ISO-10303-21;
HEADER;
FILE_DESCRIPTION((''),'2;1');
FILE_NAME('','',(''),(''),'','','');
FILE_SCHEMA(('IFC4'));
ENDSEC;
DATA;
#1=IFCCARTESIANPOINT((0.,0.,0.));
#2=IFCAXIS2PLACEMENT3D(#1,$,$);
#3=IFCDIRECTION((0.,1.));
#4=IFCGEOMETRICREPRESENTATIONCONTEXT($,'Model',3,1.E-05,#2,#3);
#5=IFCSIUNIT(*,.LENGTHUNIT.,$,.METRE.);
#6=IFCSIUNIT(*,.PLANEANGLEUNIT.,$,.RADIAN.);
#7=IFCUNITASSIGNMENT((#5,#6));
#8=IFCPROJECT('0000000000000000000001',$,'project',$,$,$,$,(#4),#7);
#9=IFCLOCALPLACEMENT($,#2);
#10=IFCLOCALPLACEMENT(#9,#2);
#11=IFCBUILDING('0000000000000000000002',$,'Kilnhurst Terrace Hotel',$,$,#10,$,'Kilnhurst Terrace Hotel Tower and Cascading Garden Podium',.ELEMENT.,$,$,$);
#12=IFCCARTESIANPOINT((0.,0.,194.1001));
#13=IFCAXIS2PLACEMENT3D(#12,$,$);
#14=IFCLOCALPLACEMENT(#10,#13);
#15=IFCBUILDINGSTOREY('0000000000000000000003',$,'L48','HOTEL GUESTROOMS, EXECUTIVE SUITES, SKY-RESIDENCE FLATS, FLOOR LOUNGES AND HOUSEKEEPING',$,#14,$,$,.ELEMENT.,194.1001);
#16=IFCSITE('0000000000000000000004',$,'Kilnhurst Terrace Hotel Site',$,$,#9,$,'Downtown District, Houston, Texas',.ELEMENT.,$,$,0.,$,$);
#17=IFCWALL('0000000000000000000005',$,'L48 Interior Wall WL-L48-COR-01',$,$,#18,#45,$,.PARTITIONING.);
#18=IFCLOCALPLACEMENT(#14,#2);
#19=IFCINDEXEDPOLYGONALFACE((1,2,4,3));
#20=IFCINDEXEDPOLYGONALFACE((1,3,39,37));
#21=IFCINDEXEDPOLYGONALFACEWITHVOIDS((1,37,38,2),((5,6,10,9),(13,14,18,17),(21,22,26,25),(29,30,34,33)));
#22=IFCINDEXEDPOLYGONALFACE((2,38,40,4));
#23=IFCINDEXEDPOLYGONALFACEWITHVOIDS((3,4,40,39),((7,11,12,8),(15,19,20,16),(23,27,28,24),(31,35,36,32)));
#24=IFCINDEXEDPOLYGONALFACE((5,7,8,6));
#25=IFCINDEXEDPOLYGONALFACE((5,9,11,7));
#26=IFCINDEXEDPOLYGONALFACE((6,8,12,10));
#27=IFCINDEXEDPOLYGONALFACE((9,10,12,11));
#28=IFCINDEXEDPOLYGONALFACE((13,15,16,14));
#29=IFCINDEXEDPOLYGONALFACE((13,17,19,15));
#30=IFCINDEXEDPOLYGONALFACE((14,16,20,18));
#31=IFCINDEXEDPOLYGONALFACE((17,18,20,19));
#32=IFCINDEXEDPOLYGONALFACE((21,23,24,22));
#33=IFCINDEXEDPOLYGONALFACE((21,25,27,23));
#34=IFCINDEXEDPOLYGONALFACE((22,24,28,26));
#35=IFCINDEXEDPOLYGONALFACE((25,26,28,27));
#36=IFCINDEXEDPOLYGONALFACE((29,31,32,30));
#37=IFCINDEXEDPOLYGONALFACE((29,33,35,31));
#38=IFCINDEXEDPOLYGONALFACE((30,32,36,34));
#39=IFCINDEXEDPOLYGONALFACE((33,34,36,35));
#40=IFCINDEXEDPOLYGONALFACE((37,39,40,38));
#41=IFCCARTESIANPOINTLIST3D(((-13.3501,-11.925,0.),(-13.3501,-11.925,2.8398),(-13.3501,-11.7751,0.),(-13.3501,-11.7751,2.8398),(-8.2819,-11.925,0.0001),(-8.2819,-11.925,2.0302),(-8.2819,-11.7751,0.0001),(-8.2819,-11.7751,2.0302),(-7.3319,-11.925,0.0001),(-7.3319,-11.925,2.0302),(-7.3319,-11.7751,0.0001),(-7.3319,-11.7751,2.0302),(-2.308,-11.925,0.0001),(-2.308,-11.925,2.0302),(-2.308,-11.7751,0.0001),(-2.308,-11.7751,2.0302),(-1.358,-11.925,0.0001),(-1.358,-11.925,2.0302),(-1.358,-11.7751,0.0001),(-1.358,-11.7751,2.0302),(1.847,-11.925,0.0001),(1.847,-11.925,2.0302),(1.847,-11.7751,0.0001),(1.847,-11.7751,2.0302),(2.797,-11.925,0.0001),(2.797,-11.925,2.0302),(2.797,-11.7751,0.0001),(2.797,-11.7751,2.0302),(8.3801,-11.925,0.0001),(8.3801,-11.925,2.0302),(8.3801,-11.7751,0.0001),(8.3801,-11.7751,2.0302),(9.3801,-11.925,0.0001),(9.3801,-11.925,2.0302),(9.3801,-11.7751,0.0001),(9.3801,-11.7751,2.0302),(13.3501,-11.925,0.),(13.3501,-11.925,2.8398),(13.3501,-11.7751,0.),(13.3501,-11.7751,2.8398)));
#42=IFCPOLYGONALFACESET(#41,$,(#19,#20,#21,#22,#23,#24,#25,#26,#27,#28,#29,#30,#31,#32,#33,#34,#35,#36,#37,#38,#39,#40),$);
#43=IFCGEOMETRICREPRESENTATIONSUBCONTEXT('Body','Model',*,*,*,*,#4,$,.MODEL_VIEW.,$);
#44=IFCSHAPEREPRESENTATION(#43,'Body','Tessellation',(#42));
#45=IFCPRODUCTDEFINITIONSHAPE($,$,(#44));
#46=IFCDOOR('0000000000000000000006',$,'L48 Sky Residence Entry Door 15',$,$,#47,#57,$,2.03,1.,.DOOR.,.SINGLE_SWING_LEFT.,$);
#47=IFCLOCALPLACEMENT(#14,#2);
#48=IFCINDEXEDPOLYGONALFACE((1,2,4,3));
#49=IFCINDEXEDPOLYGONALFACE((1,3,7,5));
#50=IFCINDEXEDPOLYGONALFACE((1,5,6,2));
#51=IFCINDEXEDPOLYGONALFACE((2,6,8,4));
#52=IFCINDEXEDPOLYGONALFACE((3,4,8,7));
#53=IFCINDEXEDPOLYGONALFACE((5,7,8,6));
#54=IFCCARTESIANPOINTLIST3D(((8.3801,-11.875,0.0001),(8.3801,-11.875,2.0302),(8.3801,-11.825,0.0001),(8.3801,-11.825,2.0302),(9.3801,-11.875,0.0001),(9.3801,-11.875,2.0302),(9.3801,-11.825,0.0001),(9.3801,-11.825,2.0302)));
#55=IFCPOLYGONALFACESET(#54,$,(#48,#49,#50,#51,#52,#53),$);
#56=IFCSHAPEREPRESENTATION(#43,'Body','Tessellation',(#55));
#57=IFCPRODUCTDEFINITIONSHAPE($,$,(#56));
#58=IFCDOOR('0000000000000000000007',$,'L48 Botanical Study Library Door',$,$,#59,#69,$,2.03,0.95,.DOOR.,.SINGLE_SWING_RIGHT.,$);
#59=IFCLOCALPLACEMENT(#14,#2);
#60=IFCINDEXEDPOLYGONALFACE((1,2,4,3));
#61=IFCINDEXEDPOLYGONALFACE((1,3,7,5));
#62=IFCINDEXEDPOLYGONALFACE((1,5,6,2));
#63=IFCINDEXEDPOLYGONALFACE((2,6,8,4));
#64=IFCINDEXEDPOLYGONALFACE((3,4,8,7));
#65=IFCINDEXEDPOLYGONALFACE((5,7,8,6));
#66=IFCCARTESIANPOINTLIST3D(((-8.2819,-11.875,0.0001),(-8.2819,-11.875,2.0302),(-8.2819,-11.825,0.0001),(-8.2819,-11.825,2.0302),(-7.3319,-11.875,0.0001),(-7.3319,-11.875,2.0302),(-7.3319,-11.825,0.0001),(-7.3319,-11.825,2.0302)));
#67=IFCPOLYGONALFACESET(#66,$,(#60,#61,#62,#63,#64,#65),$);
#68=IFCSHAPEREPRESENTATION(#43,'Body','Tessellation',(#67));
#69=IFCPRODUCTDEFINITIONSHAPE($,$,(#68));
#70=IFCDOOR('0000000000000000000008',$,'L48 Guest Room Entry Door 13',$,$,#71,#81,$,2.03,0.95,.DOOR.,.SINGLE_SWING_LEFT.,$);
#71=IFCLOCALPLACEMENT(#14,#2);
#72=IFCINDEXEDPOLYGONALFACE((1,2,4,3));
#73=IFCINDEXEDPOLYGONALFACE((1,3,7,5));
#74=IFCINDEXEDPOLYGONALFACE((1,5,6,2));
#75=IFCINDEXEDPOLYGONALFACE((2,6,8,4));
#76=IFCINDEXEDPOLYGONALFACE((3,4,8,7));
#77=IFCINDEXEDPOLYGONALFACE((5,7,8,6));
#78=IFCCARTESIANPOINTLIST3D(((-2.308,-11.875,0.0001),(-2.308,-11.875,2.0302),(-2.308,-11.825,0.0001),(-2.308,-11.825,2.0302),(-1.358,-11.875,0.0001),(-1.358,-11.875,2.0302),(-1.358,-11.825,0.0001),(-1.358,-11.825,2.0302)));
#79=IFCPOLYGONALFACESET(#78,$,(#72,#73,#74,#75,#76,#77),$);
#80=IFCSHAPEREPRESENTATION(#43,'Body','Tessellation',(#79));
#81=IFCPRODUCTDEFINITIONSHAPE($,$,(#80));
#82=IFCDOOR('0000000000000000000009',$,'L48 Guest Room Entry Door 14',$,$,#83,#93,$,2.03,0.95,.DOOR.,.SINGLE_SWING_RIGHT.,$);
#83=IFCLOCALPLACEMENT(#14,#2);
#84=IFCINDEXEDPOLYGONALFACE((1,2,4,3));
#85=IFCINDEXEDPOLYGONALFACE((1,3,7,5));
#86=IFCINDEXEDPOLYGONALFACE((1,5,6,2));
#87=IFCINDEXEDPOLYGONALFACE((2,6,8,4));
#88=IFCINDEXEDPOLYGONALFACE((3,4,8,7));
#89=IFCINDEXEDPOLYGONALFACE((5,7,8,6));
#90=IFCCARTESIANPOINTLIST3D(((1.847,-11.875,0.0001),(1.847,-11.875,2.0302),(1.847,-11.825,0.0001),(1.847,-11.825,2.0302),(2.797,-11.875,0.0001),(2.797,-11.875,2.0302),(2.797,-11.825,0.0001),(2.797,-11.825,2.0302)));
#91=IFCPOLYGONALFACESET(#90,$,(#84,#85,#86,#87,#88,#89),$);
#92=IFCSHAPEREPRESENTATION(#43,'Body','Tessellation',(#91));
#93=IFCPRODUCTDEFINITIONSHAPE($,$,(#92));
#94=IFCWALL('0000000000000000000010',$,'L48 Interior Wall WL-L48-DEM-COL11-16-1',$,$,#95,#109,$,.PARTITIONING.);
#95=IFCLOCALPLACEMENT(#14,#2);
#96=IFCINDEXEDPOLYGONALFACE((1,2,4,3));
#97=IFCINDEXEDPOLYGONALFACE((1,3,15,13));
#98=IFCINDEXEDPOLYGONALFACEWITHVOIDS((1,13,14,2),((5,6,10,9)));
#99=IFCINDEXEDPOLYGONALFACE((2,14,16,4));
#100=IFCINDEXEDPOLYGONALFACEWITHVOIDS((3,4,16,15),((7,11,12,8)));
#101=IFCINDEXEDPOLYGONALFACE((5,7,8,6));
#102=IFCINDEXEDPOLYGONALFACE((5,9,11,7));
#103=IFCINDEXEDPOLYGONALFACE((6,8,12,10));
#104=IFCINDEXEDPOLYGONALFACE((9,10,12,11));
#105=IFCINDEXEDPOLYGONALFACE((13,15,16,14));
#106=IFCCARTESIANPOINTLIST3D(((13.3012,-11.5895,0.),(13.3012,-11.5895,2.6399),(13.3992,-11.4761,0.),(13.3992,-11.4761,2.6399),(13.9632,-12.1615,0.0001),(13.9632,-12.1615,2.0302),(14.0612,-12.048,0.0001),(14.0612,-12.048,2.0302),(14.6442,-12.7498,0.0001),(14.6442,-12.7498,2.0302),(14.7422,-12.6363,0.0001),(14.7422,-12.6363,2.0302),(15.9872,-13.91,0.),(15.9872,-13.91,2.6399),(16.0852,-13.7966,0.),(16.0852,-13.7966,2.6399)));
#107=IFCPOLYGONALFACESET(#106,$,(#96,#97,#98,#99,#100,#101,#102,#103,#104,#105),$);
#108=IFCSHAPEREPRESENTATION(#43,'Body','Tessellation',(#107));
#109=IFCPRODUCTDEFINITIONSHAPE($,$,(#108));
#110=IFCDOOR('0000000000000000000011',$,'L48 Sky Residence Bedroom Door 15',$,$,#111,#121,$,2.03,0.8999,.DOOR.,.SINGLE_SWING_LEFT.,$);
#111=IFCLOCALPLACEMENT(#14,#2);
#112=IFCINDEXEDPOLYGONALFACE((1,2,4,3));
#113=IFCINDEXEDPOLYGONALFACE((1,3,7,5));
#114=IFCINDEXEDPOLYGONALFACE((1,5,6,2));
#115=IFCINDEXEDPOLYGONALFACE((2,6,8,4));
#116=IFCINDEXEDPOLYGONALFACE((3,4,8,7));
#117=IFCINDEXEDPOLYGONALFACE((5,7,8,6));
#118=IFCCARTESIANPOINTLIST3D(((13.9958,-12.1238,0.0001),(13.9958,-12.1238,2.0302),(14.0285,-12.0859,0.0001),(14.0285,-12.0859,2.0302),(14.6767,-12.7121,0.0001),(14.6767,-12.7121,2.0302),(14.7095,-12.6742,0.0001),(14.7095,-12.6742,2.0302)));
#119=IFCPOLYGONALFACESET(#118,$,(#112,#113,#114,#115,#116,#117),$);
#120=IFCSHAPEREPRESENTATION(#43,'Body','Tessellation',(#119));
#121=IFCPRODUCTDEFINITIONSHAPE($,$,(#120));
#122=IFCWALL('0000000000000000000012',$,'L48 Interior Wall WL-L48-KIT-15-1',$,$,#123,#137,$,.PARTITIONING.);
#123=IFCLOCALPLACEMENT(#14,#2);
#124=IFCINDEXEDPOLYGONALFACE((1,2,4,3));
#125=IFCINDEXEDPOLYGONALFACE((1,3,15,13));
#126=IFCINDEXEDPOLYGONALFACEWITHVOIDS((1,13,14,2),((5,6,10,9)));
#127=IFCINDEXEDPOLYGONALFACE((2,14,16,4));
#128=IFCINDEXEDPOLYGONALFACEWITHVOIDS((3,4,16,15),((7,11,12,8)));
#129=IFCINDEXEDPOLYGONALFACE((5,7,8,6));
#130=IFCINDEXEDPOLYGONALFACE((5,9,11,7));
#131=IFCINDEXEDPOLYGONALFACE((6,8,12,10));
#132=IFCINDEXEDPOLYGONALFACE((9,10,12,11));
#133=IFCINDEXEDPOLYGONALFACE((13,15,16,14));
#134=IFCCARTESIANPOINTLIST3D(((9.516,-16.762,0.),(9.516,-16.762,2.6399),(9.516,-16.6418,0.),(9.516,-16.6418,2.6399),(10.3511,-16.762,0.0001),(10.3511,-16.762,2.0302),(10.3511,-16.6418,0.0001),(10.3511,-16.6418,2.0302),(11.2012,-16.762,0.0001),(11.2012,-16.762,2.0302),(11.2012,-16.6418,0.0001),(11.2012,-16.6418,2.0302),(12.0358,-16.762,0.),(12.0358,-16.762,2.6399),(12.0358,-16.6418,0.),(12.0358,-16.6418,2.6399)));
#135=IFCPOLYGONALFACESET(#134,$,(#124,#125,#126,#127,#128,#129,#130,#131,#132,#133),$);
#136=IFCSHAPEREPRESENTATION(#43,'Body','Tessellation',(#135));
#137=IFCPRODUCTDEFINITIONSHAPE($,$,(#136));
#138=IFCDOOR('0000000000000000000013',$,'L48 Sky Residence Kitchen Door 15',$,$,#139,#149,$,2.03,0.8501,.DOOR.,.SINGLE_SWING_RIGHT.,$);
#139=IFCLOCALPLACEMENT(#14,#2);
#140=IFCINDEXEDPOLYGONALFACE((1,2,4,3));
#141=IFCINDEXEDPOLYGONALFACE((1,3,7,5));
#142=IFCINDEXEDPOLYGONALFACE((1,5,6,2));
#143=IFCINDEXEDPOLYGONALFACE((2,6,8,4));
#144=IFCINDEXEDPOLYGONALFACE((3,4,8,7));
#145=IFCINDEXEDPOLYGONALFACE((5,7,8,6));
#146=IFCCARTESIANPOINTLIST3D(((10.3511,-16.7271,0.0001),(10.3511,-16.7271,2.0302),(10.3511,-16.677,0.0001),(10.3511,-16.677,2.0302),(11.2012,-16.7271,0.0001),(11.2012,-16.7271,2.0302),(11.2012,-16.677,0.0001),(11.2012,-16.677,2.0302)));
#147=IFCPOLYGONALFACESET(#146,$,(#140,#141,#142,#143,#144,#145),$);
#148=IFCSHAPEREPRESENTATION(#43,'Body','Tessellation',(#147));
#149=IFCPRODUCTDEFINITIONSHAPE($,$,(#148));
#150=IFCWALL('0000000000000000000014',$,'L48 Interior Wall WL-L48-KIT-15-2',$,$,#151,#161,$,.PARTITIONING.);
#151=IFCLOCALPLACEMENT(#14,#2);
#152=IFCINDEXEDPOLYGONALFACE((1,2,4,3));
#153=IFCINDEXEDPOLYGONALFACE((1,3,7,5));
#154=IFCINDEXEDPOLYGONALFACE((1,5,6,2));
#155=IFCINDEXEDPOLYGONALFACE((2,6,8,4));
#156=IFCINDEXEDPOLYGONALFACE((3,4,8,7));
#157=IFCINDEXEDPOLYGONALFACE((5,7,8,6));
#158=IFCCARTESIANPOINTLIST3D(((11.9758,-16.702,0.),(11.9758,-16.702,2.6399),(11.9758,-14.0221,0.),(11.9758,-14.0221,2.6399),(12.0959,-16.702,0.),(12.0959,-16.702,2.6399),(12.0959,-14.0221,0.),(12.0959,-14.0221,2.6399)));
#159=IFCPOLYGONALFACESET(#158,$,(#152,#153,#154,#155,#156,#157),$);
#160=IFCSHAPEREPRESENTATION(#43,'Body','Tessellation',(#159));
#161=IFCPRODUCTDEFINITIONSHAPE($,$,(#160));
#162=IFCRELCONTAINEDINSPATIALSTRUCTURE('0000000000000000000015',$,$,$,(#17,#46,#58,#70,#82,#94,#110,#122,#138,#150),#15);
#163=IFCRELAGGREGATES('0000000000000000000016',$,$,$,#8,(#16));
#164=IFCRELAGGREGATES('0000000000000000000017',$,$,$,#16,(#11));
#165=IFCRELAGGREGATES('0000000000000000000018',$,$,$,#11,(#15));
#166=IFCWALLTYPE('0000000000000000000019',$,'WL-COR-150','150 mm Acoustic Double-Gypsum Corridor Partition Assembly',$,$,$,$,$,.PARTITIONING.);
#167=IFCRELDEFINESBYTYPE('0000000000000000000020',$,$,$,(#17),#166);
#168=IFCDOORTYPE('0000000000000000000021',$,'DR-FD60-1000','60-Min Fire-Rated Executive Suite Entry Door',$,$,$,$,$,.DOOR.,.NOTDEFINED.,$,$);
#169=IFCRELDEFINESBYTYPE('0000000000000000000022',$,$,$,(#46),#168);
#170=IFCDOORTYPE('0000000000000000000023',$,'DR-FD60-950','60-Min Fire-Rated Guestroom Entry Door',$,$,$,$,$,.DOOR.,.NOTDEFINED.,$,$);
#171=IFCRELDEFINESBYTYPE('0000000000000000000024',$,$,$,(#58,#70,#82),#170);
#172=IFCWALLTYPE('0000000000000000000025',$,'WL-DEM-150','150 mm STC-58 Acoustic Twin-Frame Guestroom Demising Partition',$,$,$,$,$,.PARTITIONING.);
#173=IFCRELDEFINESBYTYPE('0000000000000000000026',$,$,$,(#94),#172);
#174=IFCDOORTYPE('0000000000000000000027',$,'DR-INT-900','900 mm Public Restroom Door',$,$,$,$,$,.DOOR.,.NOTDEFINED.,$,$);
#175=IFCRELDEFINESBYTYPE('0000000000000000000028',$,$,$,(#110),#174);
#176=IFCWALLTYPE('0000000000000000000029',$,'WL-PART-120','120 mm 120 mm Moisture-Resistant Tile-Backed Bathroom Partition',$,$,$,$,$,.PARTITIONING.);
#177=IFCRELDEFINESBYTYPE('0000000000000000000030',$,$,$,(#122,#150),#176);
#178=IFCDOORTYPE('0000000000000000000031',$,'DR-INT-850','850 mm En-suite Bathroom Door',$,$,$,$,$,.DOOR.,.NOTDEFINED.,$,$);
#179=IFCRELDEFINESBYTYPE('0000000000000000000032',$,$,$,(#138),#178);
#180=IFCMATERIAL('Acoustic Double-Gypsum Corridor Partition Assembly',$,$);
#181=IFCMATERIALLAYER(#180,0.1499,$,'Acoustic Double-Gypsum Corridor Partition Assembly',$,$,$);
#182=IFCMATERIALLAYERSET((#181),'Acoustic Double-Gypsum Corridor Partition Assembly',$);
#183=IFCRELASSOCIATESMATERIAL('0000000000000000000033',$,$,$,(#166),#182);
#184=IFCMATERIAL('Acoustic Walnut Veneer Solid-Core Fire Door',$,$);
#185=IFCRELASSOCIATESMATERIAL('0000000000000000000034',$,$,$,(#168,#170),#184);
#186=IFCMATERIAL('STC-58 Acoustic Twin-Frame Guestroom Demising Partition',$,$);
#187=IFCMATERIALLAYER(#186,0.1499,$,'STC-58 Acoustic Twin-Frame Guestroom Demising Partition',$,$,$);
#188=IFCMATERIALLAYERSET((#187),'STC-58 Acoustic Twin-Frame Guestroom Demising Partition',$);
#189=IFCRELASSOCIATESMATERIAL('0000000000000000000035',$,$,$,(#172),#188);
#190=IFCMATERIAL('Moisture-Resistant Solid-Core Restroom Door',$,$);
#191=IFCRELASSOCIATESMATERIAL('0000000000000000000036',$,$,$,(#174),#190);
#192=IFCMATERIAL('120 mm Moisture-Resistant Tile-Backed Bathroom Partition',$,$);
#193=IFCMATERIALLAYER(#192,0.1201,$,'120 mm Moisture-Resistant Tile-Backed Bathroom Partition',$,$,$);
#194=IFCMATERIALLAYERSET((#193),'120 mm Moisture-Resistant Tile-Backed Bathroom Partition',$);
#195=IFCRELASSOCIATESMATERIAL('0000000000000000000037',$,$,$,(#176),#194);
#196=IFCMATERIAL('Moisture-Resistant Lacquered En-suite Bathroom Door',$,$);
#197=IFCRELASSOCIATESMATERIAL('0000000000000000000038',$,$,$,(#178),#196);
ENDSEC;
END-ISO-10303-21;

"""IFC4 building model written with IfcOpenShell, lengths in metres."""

from ifc_helpers import new_model, si_unit, direction, frame, frame_2d, origin, place, context, subcontext, project, spatial, rectangle, extrude, material, layer, layer_set, type_object, element, fill, save


model = new_model("IFC4")

# Units and contexts
model_context = context("Model", 3, precision=1e-05, world=origin(), true_north=direction((0.0, 1.0)))
body_context = subcontext(model_context, "Body", "Model", "MODEL_VIEW")
ifc_project = project(units=[si_unit("LENGTHUNIT", "METRE"), si_unit("PLANEANGLEUNIT", "RADIAN")], contexts=[model_context])

# Site, building, storey
site_placement = place(None, origin())
site = spatial("IfcSite", under=ifc_project, at=site_placement, Name="Kilnhurst Terrace Hotel Site", LongName="Downtown District, Houston, Texas", CompositionType="ELEMENT", RefElevation=0.0)
building_placement = place(site_placement, origin())
building = spatial("IfcBuilding", under=site, at=building_placement, Name="Kilnhurst Terrace Hotel", LongName="Kilnhurst Terrace Hotel Tower and Cascading Garden Podium", CompositionType="ELEMENT")
storey_placement = place(building_placement, frame((0.0, 0.0, 194.1001)))
storey = spatial("IfcBuildingStorey", under=building, at=storey_placement, Name="L48", Description="HOTEL GUESTROOMS, EXECUTIVE SUITES, SKY-RESIDENCE FLATS, FLOOR LOUNGES AND HOUSEKEEPING", CompositionType="ELEMENT", Elevation=194.1001)

# Wall, openings, doors
ifc_material_1 = material(Name="Acoustic Double-Gypsum Corridor Partition Assembly")
ifc_layer_1 = layer(ifc_material_1, 0.1499, Name="Acoustic Double-Gypsum Corridor Partition Assembly")
ifc_layer_set_1 = layer_set([ifc_layer_1], Name="Acoustic Double-Gypsum Corridor Partition Assembly")
wall_type_1 = type_object("IfcWallType", Name="WL-COR-150", Description="150 mm Acoustic Double-Gypsum Corridor Partition Assembly", PredefinedType="PARTITIONING", material=ifc_layer_set_1)
wall_1_placement = place(storey_placement, frame((13.3501, -11.8501, 0.0), z_axis=(0.0, 0.0, 1.0), x_axis=(-1.0, 0.0, 0.0)))
wall_1 = element("IfcWall", 1, at=wall_1_placement, inside=storey, type_object=wall_type_1, Name="L48 Interior Wall WL-L48-COR-01", PredefinedType="PARTITIONING", context=body_context, shape_type="SweptSolid", body=[
    extrude(rectangle(XDim=26.7002, YDim=0.1499, at=frame_2d((13.3501, 0.0))), origin(), (0.0, 0.0, 1.0), 2.8398),
])
opening_1_placement = place(wall_1_placement, frame((20.6819, 0.0, 0.0)))
opening_1 = element("IfcOpeningElement", 2, at=opening_1_placement, cuts=wall_1, PredefinedType="OPENING", context=body_context, shape_type="SweptSolid", body=[
    extrude(rectangle(XDim=0.95, YDim=2.03, at=frame_2d((0.4751, 1.0151))), frame((0.0, 0.085, 0.0), z_axis=(0.0, -1.0, 0.0), x_axis=(1.0, 0.0, 0.0)), (0.0, 0.0, 1.0), 0.1699),
])
opening_2_placement = place(wall_1_placement, frame((14.708, 0.0, 0.0)))
opening_2 = element("IfcOpeningElement", 3, at=opening_2_placement, cuts=wall_1, PredefinedType="OPENING", context=body_context, shape_type="SweptSolid", body=[
    extrude(rectangle(XDim=0.95, YDim=2.03, at=frame_2d((0.4751, 1.0151))), frame((0.0, 0.085, 0.0), z_axis=(0.0, -1.0, 0.0), x_axis=(1.0, 0.0, 0.0)), (0.0, 0.0, 1.0), 0.1699),
])
opening_3_placement = place(wall_1_placement, frame((10.553, 0.0, 0.0)))
opening_3 = element("IfcOpeningElement", 4, at=opening_3_placement, cuts=wall_1, PredefinedType="OPENING", context=body_context, shape_type="SweptSolid", body=[
    extrude(rectangle(XDim=0.95, YDim=2.03, at=frame_2d((0.4751, 1.0151))), frame((0.0, 0.085, 0.0), z_axis=(0.0, -1.0, 0.0), x_axis=(1.0, 0.0, 0.0)), (0.0, 0.0, 1.0), 0.1699),
])
opening_4_placement = place(wall_1_placement, frame((3.97, 0.0, 0.0)))
opening_4 = element("IfcOpeningElement", 5, at=opening_4_placement, cuts=wall_1, PredefinedType="OPENING", context=body_context, shape_type="SweptSolid", body=[
    extrude(rectangle(XDim=1.0, YDim=2.03, at=frame_2d((0.5, 1.0151))), frame((0.0, 0.085, 0.0), z_axis=(0.0, -1.0, 0.0), x_axis=(1.0, 0.0, 0.0)), (0.0, 0.0, 1.0), 0.1699),
])
ifc_material_2 = material(Name="Acoustic Walnut Veneer Solid-Core Fire Door")
door_type_1 = type_object("IfcDoorType", Name="DR-FD60-1000", Description="60-Min Fire-Rated Executive Suite Entry Door", OperationType="NOTDEFINED", PredefinedType="DOOR", material=ifc_material_2)
door_1_placement = place(opening_4_placement, origin())
door_1 = element("IfcDoor", 6, at=door_1_placement, inside=storey, type_object=door_type_1, Name="L48 Sky Residence Entry Door 15", OperationType="SINGLE_SWING_LEFT", OverallHeight=2.03, OverallWidth=1.0, PredefinedType="DOOR", context=body_context, shape_type="SweptSolid", body=[
    extrude(rectangle(XDim=1.0, YDim=2.03, at=frame_2d((0.5, 1.0151))), frame((0.0, 0.0249, 0.0), z_axis=(0.0, -1.0, 0.0), x_axis=(1.0, 0.0, 0.0)), (0.0, 0.0, 1.0), 0.05),
])
fill(opening_4, door_1)
door_type_2 = type_object("IfcDoorType", Name="DR-FD60-950", Description="60-Min Fire-Rated Guestroom Entry Door", OperationType="NOTDEFINED", PredefinedType="DOOR", material=ifc_material_2)
door_2_placement = place(opening_1_placement, origin())
door_2 = element("IfcDoor", 7, at=door_2_placement, inside=storey, type_object=door_type_2, Name="L48 Botanical Study Library Door", OperationType="SINGLE_SWING_RIGHT", OverallHeight=2.03, OverallWidth=0.95, PredefinedType="DOOR", context=body_context, shape_type="SweptSolid", body=[
    extrude(rectangle(XDim=0.95, YDim=2.03, at=frame_2d((0.4751, 1.0151))), frame((0.0, 0.0249, 0.0), z_axis=(0.0, -1.0, 0.0), x_axis=(1.0, 0.0, 0.0)), (0.0, 0.0, 1.0), 0.05),
])
fill(opening_1, door_2)
door_3_placement = place(opening_2_placement, origin())
door_3 = element("IfcDoor", 8, at=door_3_placement, inside=storey, type_object=door_type_2, Name="L48 Guest Room Entry Door 13", OperationType="SINGLE_SWING_LEFT", OverallHeight=2.03, OverallWidth=0.95, PredefinedType="DOOR", context=body_context, shape_type="SweptSolid", body=[
    extrude(rectangle(XDim=0.95, YDim=2.03, at=frame_2d((0.4751, 1.0151))), frame((0.0, 0.0249, 0.0), z_axis=(0.0, -1.0, 0.0), x_axis=(1.0, 0.0, 0.0)), (0.0, 0.0, 1.0), 0.05),
])
fill(opening_2, door_3)
door_4_placement = place(opening_3_placement, origin())
door_4 = element("IfcDoor", 9, at=door_4_placement, inside=storey, type_object=door_type_2, Name="L48 Guest Room Entry Door 14", OperationType="SINGLE_SWING_RIGHT", OverallHeight=2.03, OverallWidth=0.95, PredefinedType="DOOR", context=body_context, shape_type="SweptSolid", body=[
    extrude(rectangle(XDim=0.95, YDim=2.03, at=frame_2d((0.4751, 1.0151))), frame((0.0, 0.0249, 0.0), z_axis=(0.0, -1.0, 0.0), x_axis=(1.0, 0.0, 0.0)), (0.0, 0.0, 1.0), 0.05),
])
fill(opening_3, door_4)

# Walls, openings, doors
ifc_material_3 = material(Name="STC-58 Acoustic Twin-Frame Guestroom Demising Partition")
ifc_layer_2 = layer(ifc_material_3, 0.1499, Name="STC-58 Acoustic Twin-Frame Guestroom Demising Partition")
ifc_layer_set_2 = layer_set([ifc_layer_2], Name="STC-58 Acoustic Twin-Frame Guestroom Demising Partition")
wall_type_2 = type_object("IfcWallType", Name="WL-DEM-150", Description="150 mm STC-58 Acoustic Twin-Frame Guestroom Demising Partition", PredefinedType="PARTITIONING", material=ifc_layer_set_2)
wall_2_placement = place(storey_placement, frame((13.3501, -11.5327, 0.0), z_axis=(0.0, 0.0, 1.0), x_axis=(0.756712, -0.653749, 0.0)))
wall_2 = element("IfcWall", 10, at=wall_2_placement, inside=storey, type_object=wall_type_2, Name="L48 Interior Wall WL-L48-DEM-COL11-16-1", PredefinedType="PARTITIONING", context=body_context, shape_type="SweptSolid", body=[
    extrude(rectangle(XDim=3.5496, YDim=0.1499, at=frame_2d((1.7749, 0.0))), origin(), (0.0, 0.0, 1.0), 2.6399),
])
opening_5_placement = place(wall_2_placement, frame((0.875, 0.0, 0.0)))
opening_5 = element("IfcOpeningElement", 11, at=opening_5_placement, cuts=wall_2, PredefinedType="OPENING", context=body_context, shape_type="SweptSolid", body=[
    extrude(rectangle(XDim=0.8999, YDim=2.03, at=frame_2d((0.45, 1.0151))), frame((0.0, 0.085, 0.0), z_axis=(0.0, -1.0, 0.0), x_axis=(1.0, 0.0, 0.0)), (0.0, 0.0, 1.0), 0.1699),
])
ifc_material_4 = material(Name="Moisture-Resistant Solid-Core Restroom Door")
door_type_3 = type_object("IfcDoorType", Name="DR-INT-900", Description="900 mm Public Restroom Door", OperationType="NOTDEFINED", PredefinedType="DOOR", material=ifc_material_4)
door_5_placement = place(opening_5_placement, origin())
door_5 = element("IfcDoor", 12, at=door_5_placement, inside=storey, type_object=door_type_3, Name="L48 Sky Residence Bedroom Door 15", OperationType="SINGLE_SWING_LEFT", OverallHeight=2.03, OverallWidth=0.8999, PredefinedType="DOOR", context=body_context, shape_type="SweptSolid", body=[
    extrude(rectangle(XDim=0.8999, YDim=2.03, at=frame_2d((0.45, 1.0151))), frame((0.0, 0.0249, 0.0), z_axis=(0.0, -1.0, 0.0), x_axis=(1.0, 0.0, 0.0)), (0.0, 0.0, 1.0), 0.05),
])
fill(opening_5, door_5)
ifc_material_5 = material(Name="120 mm Moisture-Resistant Tile-Backed Bathroom Partition")
ifc_layer_3 = layer(ifc_material_5, 0.1201, Name="120 mm Moisture-Resistant Tile-Backed Bathroom Partition")
ifc_layer_set_3 = layer_set([ifc_layer_3], Name="120 mm Moisture-Resistant Tile-Backed Bathroom Partition")
wall_type_3 = type_object("IfcWallType", Name="WL-PART-120", Description="120 mm 120 mm Moisture-Resistant Tile-Backed Bathroom Partition", PredefinedType="PARTITIONING", material=ifc_layer_set_3)
wall_3_placement = place(storey_placement, frame((9.5161, -16.7019, 0.0), z_axis=(0.0, 0.0, 1.0), x_axis=(1.0, 0.0, 0.0)))
wall_3 = element("IfcWall", 13, at=wall_3_placement, inside=storey, type_object=wall_type_3, Name="L48 Interior Wall WL-L48-KIT-15-1", PredefinedType="PARTITIONING", context=body_context, shape_type="SweptSolid", body=[
    extrude(rectangle(XDim=2.5198, YDim=0.1201, at=frame_2d((1.2598, 0.0))), origin(), (0.0, 0.0, 1.0), 2.6399),
])
opening_6_placement = place(wall_3_placement, frame((0.835, 0.0, 0.0)))
opening_6 = element("IfcOpeningElement", 14, at=opening_6_placement, cuts=wall_3, PredefinedType="OPENING", context=body_context, shape_type="SweptSolid", body=[
    extrude(rectangle(XDim=0.8501, YDim=2.03, at=frame_2d((0.425, 1.0151))), frame((0.0, 0.0701, 0.0), z_axis=(0.0, -1.0, 0.0), x_axis=(1.0, 0.0, 0.0)), (0.0, 0.0, 1.0), 0.1401),
])
ifc_material_6 = material(Name="Moisture-Resistant Lacquered En-suite Bathroom Door")
door_type_4 = type_object("IfcDoorType", Name="DR-INT-850", Description="850 mm En-suite Bathroom Door", OperationType="NOTDEFINED", PredefinedType="DOOR", material=ifc_material_6)
door_6_placement = place(opening_6_placement, origin())
door_6 = element("IfcDoor", 15, at=door_6_placement, inside=storey, type_object=door_type_4, Name="L48 Sky Residence Kitchen Door 15", OperationType="SINGLE_SWING_RIGHT", OverallHeight=2.03, OverallWidth=0.8501, PredefinedType="DOOR", context=body_context, shape_type="SweptSolid", body=[
    extrude(rectangle(XDim=0.8501, YDim=2.03, at=frame_2d((0.425, 1.0151))), frame((0.0, 0.0249, 0.0), z_axis=(0.0, -1.0, 0.0), x_axis=(1.0, 0.0, 0.0)), (0.0, 0.0, 1.0), 0.05),
])
fill(opening_6, door_6)

# Wall
wall_4_placement = place(storey_placement, frame((12.0359, -16.7019, 0.0), z_axis=(0.0, 0.0, 1.0), x_axis=(0.0, 1.0, 0.0)))
element("IfcWall", 16, at=wall_4_placement, inside=storey, type_object=wall_type_3, Name="L48 Interior Wall WL-L48-KIT-15-2", PredefinedType="PARTITIONING", context=body_context, shape_type="SweptSolid", body=[
    extrude(rectangle(XDim=2.6799, YDim=0.1201, at=frame_2d((1.3398, 0.0))), origin(), (0.0, 0.0, 1.0), 2.6399),
])

save(model, "model.ifc")
